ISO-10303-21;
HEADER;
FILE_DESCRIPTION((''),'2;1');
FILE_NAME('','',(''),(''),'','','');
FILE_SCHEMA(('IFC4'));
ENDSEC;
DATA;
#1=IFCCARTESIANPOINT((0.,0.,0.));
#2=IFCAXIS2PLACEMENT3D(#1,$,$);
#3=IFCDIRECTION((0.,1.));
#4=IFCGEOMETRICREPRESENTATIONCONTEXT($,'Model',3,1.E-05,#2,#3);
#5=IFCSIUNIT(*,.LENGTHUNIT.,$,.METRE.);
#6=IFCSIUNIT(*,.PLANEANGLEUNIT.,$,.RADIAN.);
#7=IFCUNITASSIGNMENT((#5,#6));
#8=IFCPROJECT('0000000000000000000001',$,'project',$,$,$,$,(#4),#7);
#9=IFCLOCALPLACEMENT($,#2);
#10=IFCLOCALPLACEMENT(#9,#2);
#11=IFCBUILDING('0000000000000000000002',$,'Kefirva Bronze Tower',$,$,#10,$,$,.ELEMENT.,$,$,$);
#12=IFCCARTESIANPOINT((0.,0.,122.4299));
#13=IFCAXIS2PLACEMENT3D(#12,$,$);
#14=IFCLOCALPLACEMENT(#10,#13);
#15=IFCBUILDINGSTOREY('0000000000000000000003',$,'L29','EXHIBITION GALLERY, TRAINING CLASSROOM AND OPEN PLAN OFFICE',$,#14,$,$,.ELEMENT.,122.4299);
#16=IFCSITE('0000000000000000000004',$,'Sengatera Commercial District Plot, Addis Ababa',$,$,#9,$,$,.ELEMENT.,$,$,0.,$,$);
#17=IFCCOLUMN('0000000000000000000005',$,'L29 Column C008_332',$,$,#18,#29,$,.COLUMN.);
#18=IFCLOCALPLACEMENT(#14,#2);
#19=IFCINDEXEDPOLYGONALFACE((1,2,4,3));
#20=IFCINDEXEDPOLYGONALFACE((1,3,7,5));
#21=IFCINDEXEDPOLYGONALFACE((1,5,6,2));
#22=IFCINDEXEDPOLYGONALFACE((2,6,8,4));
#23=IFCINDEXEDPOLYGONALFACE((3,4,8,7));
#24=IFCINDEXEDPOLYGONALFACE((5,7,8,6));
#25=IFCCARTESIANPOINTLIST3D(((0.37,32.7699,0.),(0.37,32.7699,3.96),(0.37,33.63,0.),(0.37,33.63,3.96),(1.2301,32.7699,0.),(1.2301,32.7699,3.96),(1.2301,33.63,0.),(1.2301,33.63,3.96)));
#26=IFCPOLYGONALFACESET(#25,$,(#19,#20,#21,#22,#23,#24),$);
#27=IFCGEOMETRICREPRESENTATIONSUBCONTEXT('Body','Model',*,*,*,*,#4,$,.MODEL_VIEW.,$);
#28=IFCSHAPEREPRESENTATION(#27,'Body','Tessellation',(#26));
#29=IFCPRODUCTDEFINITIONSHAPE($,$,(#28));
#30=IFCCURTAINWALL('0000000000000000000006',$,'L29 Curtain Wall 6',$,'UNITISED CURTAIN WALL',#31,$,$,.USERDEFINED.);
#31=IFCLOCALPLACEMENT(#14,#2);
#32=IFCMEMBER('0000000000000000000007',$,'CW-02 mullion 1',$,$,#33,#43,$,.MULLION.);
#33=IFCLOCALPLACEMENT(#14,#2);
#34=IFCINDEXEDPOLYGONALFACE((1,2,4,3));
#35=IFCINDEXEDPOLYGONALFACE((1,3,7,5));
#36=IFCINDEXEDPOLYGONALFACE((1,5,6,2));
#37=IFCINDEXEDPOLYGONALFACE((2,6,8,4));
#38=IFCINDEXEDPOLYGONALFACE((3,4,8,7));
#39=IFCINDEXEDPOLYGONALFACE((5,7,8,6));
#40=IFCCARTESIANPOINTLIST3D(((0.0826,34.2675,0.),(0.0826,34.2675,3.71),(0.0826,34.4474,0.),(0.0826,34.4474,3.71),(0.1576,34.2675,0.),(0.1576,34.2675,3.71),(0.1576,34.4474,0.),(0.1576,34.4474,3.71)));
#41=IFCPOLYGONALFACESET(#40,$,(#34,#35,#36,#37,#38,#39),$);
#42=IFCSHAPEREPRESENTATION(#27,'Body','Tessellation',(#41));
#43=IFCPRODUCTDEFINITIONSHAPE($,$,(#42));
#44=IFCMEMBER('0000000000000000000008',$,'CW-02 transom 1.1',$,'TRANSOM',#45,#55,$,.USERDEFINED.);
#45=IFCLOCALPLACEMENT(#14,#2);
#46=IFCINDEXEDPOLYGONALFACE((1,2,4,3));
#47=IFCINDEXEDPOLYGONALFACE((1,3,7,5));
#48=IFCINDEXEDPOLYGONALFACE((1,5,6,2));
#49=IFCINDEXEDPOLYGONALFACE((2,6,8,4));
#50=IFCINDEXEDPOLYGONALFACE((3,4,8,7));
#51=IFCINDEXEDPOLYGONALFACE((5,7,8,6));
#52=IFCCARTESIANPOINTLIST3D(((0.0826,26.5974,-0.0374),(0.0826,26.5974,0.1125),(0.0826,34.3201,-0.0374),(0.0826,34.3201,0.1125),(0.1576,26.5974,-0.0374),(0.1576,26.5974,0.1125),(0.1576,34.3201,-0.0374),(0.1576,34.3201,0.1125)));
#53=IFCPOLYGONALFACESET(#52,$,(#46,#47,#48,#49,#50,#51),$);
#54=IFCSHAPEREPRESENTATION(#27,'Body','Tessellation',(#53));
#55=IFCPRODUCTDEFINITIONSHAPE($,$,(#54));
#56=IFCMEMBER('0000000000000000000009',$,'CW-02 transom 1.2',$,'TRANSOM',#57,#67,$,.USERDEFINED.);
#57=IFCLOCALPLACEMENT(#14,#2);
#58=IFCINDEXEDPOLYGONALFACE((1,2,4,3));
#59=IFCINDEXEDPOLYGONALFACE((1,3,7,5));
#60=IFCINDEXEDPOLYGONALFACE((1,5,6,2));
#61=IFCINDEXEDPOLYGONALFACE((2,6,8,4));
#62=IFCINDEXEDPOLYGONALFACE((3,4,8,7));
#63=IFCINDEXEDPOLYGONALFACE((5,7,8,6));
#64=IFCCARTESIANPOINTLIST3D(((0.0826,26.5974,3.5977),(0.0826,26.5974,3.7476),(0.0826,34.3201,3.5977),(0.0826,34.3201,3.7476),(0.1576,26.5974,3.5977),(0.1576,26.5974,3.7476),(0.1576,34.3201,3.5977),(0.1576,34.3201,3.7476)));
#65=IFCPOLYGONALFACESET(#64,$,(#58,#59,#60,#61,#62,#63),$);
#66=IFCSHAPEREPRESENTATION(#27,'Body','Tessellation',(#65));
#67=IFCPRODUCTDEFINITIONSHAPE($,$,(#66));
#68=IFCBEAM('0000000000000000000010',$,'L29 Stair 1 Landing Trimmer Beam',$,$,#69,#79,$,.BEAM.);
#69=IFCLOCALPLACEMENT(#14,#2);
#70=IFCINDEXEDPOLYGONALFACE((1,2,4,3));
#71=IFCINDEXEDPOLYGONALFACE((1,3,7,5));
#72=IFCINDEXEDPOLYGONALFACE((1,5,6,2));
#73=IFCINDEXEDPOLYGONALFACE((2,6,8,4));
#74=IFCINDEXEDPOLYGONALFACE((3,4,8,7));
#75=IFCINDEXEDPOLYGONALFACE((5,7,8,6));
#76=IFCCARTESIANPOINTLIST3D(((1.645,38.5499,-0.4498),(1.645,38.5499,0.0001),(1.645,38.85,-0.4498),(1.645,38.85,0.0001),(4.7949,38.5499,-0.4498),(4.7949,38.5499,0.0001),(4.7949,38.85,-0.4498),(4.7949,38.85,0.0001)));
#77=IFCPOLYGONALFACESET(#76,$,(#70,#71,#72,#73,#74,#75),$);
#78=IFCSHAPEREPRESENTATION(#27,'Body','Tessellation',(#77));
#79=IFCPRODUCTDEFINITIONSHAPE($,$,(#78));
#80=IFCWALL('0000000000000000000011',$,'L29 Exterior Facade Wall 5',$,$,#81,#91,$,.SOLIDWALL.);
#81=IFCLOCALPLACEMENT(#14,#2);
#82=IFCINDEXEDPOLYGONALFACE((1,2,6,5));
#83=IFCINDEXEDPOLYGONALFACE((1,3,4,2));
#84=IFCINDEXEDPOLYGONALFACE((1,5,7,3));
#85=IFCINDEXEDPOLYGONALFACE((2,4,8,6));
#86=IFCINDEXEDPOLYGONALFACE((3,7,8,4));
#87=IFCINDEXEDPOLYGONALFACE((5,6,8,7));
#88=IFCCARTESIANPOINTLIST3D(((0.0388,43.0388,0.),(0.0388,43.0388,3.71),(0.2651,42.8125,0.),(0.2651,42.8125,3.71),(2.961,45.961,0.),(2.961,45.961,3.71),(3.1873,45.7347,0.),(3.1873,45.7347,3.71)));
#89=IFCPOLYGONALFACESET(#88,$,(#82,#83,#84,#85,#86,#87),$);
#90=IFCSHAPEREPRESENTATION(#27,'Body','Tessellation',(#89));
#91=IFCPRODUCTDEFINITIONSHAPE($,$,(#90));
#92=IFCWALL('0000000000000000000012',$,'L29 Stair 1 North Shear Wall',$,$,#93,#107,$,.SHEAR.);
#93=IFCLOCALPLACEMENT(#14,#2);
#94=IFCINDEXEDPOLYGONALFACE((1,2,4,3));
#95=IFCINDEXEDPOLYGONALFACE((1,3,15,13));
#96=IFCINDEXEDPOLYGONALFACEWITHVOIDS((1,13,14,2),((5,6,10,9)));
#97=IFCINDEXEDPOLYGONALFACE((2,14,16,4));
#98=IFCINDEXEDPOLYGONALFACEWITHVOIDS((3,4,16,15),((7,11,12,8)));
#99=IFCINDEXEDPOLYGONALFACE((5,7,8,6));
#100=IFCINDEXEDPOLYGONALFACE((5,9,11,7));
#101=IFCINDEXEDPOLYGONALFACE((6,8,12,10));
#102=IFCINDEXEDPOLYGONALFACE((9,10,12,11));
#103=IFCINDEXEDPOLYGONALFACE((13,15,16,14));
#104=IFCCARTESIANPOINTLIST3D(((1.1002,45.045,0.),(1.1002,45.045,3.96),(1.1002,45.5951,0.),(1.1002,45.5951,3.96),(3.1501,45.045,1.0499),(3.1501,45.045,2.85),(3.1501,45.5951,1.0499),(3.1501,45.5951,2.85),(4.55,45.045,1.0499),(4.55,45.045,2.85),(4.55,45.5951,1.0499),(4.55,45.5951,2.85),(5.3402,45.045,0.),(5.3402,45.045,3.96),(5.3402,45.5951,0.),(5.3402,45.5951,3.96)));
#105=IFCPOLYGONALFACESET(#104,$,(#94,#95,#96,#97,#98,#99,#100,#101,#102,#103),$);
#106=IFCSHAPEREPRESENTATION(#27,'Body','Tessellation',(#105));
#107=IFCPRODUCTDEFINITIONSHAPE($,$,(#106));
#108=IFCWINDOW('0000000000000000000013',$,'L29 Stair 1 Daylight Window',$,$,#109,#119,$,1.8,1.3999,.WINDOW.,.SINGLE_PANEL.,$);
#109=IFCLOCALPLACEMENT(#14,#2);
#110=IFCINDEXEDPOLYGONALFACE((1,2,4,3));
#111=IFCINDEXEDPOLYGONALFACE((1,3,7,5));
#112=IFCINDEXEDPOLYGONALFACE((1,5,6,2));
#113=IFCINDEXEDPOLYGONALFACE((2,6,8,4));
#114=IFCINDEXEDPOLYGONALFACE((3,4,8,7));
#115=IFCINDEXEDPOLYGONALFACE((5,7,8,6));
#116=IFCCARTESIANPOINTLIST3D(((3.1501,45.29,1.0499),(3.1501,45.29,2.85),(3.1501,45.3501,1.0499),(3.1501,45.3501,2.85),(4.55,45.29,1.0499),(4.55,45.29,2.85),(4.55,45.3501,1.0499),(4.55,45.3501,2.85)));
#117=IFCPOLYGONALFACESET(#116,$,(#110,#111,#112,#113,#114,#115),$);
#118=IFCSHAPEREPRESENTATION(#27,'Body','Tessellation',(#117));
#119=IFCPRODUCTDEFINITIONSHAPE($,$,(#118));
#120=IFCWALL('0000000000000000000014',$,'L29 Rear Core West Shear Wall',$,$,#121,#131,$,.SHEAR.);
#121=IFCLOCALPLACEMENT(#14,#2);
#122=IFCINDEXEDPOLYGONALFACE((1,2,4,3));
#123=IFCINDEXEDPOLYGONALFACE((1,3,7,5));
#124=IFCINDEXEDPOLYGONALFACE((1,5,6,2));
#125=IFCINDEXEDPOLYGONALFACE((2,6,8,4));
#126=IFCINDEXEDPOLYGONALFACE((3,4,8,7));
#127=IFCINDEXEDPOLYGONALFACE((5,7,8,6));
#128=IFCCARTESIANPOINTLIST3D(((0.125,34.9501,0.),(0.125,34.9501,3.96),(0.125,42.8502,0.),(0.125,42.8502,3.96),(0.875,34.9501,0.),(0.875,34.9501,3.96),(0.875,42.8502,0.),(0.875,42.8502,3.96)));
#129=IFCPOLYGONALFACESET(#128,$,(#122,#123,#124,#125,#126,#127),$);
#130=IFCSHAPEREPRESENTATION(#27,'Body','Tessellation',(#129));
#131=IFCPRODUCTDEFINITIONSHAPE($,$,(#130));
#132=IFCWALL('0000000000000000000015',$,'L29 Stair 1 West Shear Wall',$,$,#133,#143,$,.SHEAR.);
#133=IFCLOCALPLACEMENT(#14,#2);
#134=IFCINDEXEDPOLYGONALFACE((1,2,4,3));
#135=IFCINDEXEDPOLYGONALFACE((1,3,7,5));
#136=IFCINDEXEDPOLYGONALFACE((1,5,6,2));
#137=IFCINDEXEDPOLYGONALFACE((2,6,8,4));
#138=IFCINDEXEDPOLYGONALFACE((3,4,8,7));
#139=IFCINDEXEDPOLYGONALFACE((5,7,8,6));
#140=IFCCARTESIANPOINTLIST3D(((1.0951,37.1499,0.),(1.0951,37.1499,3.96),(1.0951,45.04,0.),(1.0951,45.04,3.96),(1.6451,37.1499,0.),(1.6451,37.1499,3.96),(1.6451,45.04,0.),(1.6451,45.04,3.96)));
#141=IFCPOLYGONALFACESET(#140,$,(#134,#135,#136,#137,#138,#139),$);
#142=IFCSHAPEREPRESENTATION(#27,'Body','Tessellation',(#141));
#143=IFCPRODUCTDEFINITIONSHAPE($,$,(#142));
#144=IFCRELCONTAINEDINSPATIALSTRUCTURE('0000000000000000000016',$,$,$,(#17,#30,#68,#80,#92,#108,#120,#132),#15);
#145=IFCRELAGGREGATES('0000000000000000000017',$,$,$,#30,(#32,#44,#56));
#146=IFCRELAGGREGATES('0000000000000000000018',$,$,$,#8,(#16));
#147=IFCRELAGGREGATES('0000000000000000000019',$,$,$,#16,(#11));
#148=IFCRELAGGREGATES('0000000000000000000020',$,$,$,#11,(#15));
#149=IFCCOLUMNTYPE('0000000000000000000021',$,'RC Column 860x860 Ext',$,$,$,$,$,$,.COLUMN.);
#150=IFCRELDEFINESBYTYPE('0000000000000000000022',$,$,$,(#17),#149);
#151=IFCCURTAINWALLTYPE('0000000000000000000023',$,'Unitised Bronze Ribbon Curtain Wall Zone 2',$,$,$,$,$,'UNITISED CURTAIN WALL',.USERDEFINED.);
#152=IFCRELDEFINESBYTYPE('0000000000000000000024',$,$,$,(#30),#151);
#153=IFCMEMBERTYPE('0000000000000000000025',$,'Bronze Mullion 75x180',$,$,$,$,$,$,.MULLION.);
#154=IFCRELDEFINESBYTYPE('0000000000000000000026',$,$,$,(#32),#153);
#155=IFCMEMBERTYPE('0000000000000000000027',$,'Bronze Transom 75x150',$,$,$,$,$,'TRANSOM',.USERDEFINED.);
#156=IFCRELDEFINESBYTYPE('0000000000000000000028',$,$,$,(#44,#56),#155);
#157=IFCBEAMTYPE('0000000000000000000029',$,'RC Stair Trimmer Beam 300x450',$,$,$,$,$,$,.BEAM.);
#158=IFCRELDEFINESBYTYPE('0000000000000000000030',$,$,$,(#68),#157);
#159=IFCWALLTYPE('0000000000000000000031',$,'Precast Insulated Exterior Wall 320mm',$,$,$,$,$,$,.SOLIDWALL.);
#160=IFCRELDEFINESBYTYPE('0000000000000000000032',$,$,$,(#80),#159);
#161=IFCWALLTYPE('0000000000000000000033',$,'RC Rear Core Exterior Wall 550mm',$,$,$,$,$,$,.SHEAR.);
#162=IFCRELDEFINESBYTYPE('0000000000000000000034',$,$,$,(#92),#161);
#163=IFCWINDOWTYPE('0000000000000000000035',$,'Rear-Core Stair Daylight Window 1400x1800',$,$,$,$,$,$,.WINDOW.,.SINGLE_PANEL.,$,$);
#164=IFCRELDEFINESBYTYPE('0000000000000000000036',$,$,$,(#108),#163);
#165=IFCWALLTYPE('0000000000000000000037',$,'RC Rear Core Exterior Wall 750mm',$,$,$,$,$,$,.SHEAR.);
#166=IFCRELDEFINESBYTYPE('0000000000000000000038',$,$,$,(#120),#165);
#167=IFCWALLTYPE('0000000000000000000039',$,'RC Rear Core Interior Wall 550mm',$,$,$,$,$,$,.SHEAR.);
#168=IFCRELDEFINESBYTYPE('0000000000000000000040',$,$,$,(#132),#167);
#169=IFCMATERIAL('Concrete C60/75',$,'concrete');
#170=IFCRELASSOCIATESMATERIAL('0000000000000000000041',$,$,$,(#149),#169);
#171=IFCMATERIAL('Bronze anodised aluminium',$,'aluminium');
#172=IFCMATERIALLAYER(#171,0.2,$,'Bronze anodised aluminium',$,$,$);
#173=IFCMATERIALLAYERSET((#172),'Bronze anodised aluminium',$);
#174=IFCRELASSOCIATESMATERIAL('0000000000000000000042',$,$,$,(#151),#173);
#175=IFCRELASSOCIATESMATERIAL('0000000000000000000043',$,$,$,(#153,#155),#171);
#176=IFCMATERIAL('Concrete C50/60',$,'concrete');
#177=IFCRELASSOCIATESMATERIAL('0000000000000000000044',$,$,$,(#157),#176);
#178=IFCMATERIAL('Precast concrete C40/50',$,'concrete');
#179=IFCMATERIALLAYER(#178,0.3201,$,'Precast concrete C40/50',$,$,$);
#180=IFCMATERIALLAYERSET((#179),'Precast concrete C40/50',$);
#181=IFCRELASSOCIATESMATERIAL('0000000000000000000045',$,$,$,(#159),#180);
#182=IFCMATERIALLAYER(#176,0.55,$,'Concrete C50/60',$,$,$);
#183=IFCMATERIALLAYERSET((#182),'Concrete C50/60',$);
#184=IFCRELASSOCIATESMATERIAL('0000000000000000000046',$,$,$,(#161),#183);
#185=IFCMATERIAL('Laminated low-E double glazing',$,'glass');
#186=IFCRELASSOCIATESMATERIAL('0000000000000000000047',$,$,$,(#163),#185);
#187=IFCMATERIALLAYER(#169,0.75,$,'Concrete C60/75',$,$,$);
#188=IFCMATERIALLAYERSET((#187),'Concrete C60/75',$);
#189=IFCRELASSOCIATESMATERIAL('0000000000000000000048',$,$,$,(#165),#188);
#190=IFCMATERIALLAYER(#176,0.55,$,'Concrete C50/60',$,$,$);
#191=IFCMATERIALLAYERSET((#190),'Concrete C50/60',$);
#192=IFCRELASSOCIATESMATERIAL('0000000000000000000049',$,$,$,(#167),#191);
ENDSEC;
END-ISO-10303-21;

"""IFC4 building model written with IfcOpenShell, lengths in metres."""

from ifc_helpers import new_model, si_unit, direction, frame, frame_2d, origin, origin_2d, place, context, subcontext, project, spatial, rectangle, extrude, material, layer, layer_set, material_profile, profile_set, type_object, element, fill, aggregate, save


model = new_model("IFC4")

# Units and contexts
model_context = context("Model", 3, precision=1e-05, world=origin(), true_north=direction((0.0, 1.0)))
body_context = subcontext(model_context, "Body", "Model", "MODEL_VIEW")
ifc_project = project(units=[si_unit("LENGTHUNIT", "METRE"), si_unit("PLANEANGLEUNIT", "RADIAN")], contexts=[model_context])

# Site, building, storey
site_placement = place(None, origin())
site = spatial("IfcSite", under=ifc_project, at=site_placement, Name="Sengatera Commercial District Plot, Addis Ababa", CompositionType="ELEMENT", RefElevation=0.0)
building_placement = place(site_placement, origin())
building = spatial("IfcBuilding", under=site, at=building_placement, Name="Kefirva Bronze Tower", CompositionType="ELEMENT")
storey_placement = place(building_placement, frame((0.0, 0.0, 122.4299)))
storey = spatial("IfcBuildingStorey", under=building, at=storey_placement, Name="L29", Description="EXHIBITION GALLERY, TRAINING CLASSROOM AND OPEN PLAN OFFICE", CompositionType="ELEMENT", Elevation=122.4299)

# Column
ifc_material_1 = material(Name="Concrete C60/75", Category="concrete")
ifc_material_profile_1 = material_profile(ifc_material_1, rectangle(XDim=0.8601, YDim=0.8601, at=origin_2d()), Name="RC 860x860")
ifc_profile_set_1 = profile_set([ifc_material_profile_1], Name="Concrete C60/75")
column_type = type_object("IfcColumnType", Name="RC Column 860x860 Ext", PredefinedType="COLUMN", material=ifc_profile_set_1)
column_placement = place(storey_placement, frame((0.8, 33.2, 0.0), z_axis=(0.0, 0.0, 1.0), x_axis=(1.0, 0.0, 0.0)))
element("IfcColumn", 1, at=column_placement, inside=storey, type_object=column_type, Name="L29 Column C008_332", PredefinedType="COLUMN", context=body_context, shape_type="SweptSolid", body=[
    extrude(rectangle(XDim=0.8601, YDim=0.8601, at=origin_2d()), origin(), (0.0, 0.0, 1.0), 3.96),
])

# Curtain wall, members
ifc_material_2 = material(Name="Bronze anodised aluminium", Category="aluminium")
ifc_layer_1 = layer(ifc_material_2, 0.2, Name="Bronze anodised aluminium")
ifc_layer_set_1 = layer_set([ifc_layer_1], Name="Bronze anodised aluminium")
curtain_wall_type = type_object("IfcCurtainWallType", Name="Unitised Bronze Ribbon Curtain Wall Zone 2", ElementType="UNITISED CURTAIN WALL", PredefinedType="USERDEFINED", material=ifc_layer_set_1)
curtain_wall_placement = place(storey_placement, origin())
curtain_wall = element("IfcCurtainWall", 2, at=curtain_wall_placement, inside=storey, type_object=curtain_wall_type, Name="L29 Curtain Wall 6", ObjectType="UNITISED CURTAIN WALL", PredefinedType="USERDEFINED")
ifc_material_profile_2 = material_profile(ifc_material_2, rectangle(XDim=0.075, YDim=0.1799, at=origin_2d()), Name="ALU 75x180")
ifc_profile_set_2 = profile_set([ifc_material_profile_2], Name="Bronze anodised aluminium")
member_type_1 = type_object("IfcMemberType", Name="Bronze Mullion 75x180", PredefinedType="MULLION", material=ifc_profile_set_2)
member_1_placement = place(storey_placement, frame((0.1201, 34.3574, 0.0), z_axis=(0.0, 0.0, 1.0), x_axis=(1.0, 0.0, 0.0)))
member_1 = element("IfcMember", 3, at=member_1_placement, type_object=member_type_1, Name="CW-02 mullion 1", PredefinedType="MULLION", context=body_context, shape_type="SweptSolid", body=[
    extrude(rectangle(XDim=0.075, YDim=0.1799, at=origin_2d()), origin(), (0.0, 0.0, 1.0), 3.71),
])
ifc_material_profile_3 = material_profile(ifc_material_2, rectangle(XDim=0.075, YDim=0.1499, at=origin_2d()), Name="ALU 75x150")
ifc_profile_set_3 = profile_set([ifc_material_profile_3], Name="Bronze anodised aluminium")
member_type_2 = type_object("IfcMemberType", Name="Bronze Transom 75x150", ElementType="TRANSOM", PredefinedType="USERDEFINED", material=ifc_profile_set_3)
member_2_placement = place(storey_placement, frame((0.1201, 34.3201, 0.0376), z_axis=(0.0, -1.0, 0.0), x_axis=(1.0, 0.0, 0.0)))
member_2 = element("IfcMember", 4, at=member_2_placement, type_object=member_type_2, Name="CW-02 transom 1.1", ObjectType="TRANSOM", PredefinedType="USERDEFINED", context=body_context, shape_type="SweptSolid", body=[
    extrude(rectangle(XDim=0.075, YDim=0.1499, at=origin_2d()), origin(), (0.0, 0.0, 1.0), 7.7227),
])
member_3_placement = place(storey_placement, frame((0.1201, 34.3201, 3.6726), z_axis=(0.0, -1.0, 0.0), x_axis=(1.0, 0.0, 0.0)))
member_3 = element("IfcMember", 5, at=member_3_placement, type_object=member_type_2, Name="CW-02 transom 1.2", ObjectType="TRANSOM", PredefinedType="USERDEFINED", context=body_context, shape_type="SweptSolid", body=[
    extrude(rectangle(XDim=0.075, YDim=0.1499, at=origin_2d()), origin(), (0.0, 0.0, 1.0), 7.7227),
])
aggregate(curtain_wall, [member_1, member_2, member_3])

# Beam
ifc_material_3 = material(Name="Concrete C50/60", Category="concrete")
ifc_material_profile_4 = material_profile(ifc_material_3, rectangle(XDim=0.3, YDim=0.45, at=origin_2d()), Name="RC 300x450")
ifc_profile_set_4 = profile_set([ifc_material_profile_4], Name="Concrete C50/60")
beam_type = type_object("IfcBeamType", Name="RC Stair Trimmer Beam 300x450", PredefinedType="BEAM", material=ifc_profile_set_4)
beam_placement = place(storey_placement, frame((1.645, 38.7, -0.2249), z_axis=(1.0, 0.0, 0.0), x_axis=(0.0, 1.0, 0.0)))
element("IfcBeam", 6, at=beam_placement, inside=storey, type_object=beam_type, Name="L29 Stair 1 Landing Trimmer Beam", PredefinedType="BEAM", context=body_context, shape_type="SweptSolid", body=[
    extrude(rectangle(XDim=0.3, YDim=0.45, at=origin_2d()), origin(), (0.0, 0.0, 1.0), 3.1499),
])

# Wall
ifc_material_4 = material(Name="Precast concrete C40/50", Category="concrete")
ifc_layer_2 = layer(ifc_material_4, 0.3201, Name="Precast concrete C40/50")
ifc_layer_set_2 = layer_set([ifc_layer_2], Name="Precast concrete C40/50")
wall_type_1 = type_object("IfcWallType", Name="Precast Insulated Exterior Wall 320mm", PredefinedType="SOLIDWALL", material=ifc_layer_set_2)
wall_1_placement = place(storey_placement, frame((3.0742, 45.8479, 0.0), z_axis=(0.0, 0.0, 1.0), x_axis=(-0.707107, -0.707107, 0.0)))
element("IfcWall", 7, at=wall_1_placement, inside=storey, type_object=wall_type_1, Name="L29 Exterior Facade Wall 5", PredefinedType="SOLIDWALL", context=body_context, shape_type="SweptSolid", body=[
    extrude(rectangle(XDim=4.1326, YDim=0.3201, at=frame_2d((2.0664, 0.0))), origin(), (0.0, 0.0, 1.0), 3.71),
])

# Wall, opening, window
ifc_layer_3 = layer(ifc_material_3, 0.55, Name="Concrete C50/60")
ifc_layer_set_3 = layer_set([ifc_layer_3], Name="Concrete C50/60")
wall_type_2 = type_object("IfcWallType", Name="RC Rear Core Exterior Wall 550mm", PredefinedType="SHEAR", material=ifc_layer_set_3)
wall_2_placement = place(storey_placement, frame((1.1001, 45.3201, 0.0), z_axis=(0.0, 0.0, 1.0), x_axis=(1.0, 0.0, 0.0)))
wall_2 = element("IfcWall", 8, at=wall_2_placement, inside=storey, type_object=wall_type_2, Name="L29 Stair 1 North Shear Wall", PredefinedType="SHEAR", context=body_context, shape_type="SweptSolid", body=[
    extrude(rectangle(XDim=4.24, YDim=0.55, at=frame_2d((2.1201, 0.0))), origin(), (0.0, 0.0, 1.0), 3.96),
])
opening_1_placement = place(wall_2_placement, frame((2.05, 0.0, 1.05)))
opening_1 = element("IfcOpeningElement", 9, at=opening_1_placement, cuts=wall_2, PredefinedType="OPENING", context=body_context, shape_type="SweptSolid", body=[
    extrude(rectangle(XDim=1.3999, YDim=1.8, at=frame_2d((0.7, 0.8999))), frame((0.0, 0.2852, 0.0), z_axis=(0.0, -1.0, 0.0), x_axis=(1.0, 0.0, 0.0)), (0.0, 0.0, 1.0), 0.5701),
])
ifc_material_5 = material(Name="Laminated low-E double glazing", Category="glass")
window_type = type_object("IfcWindowType", Name="Rear-Core Stair Daylight Window 1400x1800", PartitioningType="SINGLE_PANEL", PredefinedType="WINDOW", material=ifc_material_5)
window_placement = place(opening_1_placement, origin())
window = element("IfcWindow", 10, at=window_placement, inside=storey, type_object=window_type, Name="L29 Stair 1 Daylight Window", OverallHeight=1.8, OverallWidth=1.3999, PartitioningType="SINGLE_PANEL", PredefinedType="WINDOW", context=body_context, shape_type="SweptSolid", body=[
    extrude(rectangle(XDim=1.3999, YDim=1.8, at=frame_2d((0.7, 0.8999))), frame((0.0, 0.03, 0.0), z_axis=(0.0, -1.0, 0.0), x_axis=(1.0, 0.0, 0.0)), (0.0, 0.0, 1.0), 0.0601),
])
fill(opening_1, window)

# Walls
ifc_layer_4 = layer(ifc_material_1, 0.75, Name="Concrete C60/75")
ifc_layer_set_4 = layer_set([ifc_layer_4], Name="Concrete C60/75")
wall_type_3 = type_object("IfcWallType", Name="RC Rear Core Exterior Wall 750mm", PredefinedType="SHEAR", material=ifc_layer_set_4)
wall_3_placement = place(storey_placement, frame((0.5, 34.95, 0.0), z_axis=(0.0, 0.0, 1.0), x_axis=(0.0, 1.0, 0.0)))
element("IfcWall", 11, at=wall_3_placement, inside=storey, type_object=wall_type_3, Name="L29 Rear Core West Shear Wall", PredefinedType="SHEAR", context=body_context, shape_type="SweptSolid", body=[
    extrude(rectangle(XDim=7.9001, YDim=0.75, at=frame_2d((3.9502, 0.0))), origin(), (0.0, 0.0, 1.0), 3.96),
])
ifc_layer_5 = layer(ifc_material_3, 0.55, Name="Concrete C50/60")
ifc_layer_set_5 = layer_set([ifc_layer_5], Name="Concrete C50/60")
wall_type_4 = type_object("IfcWallType", Name="RC Rear Core Interior Wall 550mm", PredefinedType="SHEAR", material=ifc_layer_set_5)
wall_4_placement = place(storey_placement, frame((1.3701, 37.1499, 0.0), z_axis=(0.0, 0.0, 1.0), x_axis=(0.0, 1.0, 0.0)))
element("IfcWall", 12, at=wall_4_placement, inside=storey, type_object=wall_type_4, Name="L29 Stair 1 West Shear Wall", PredefinedType="SHEAR", context=body_context, shape_type="SweptSolid", body=[
    extrude(rectangle(XDim=7.8901, YDim=0.55, at=frame_2d((3.9451, 0.0))), origin(), (0.0, 0.0, 1.0), 3.96),
])

save(model, "model.ifc")
